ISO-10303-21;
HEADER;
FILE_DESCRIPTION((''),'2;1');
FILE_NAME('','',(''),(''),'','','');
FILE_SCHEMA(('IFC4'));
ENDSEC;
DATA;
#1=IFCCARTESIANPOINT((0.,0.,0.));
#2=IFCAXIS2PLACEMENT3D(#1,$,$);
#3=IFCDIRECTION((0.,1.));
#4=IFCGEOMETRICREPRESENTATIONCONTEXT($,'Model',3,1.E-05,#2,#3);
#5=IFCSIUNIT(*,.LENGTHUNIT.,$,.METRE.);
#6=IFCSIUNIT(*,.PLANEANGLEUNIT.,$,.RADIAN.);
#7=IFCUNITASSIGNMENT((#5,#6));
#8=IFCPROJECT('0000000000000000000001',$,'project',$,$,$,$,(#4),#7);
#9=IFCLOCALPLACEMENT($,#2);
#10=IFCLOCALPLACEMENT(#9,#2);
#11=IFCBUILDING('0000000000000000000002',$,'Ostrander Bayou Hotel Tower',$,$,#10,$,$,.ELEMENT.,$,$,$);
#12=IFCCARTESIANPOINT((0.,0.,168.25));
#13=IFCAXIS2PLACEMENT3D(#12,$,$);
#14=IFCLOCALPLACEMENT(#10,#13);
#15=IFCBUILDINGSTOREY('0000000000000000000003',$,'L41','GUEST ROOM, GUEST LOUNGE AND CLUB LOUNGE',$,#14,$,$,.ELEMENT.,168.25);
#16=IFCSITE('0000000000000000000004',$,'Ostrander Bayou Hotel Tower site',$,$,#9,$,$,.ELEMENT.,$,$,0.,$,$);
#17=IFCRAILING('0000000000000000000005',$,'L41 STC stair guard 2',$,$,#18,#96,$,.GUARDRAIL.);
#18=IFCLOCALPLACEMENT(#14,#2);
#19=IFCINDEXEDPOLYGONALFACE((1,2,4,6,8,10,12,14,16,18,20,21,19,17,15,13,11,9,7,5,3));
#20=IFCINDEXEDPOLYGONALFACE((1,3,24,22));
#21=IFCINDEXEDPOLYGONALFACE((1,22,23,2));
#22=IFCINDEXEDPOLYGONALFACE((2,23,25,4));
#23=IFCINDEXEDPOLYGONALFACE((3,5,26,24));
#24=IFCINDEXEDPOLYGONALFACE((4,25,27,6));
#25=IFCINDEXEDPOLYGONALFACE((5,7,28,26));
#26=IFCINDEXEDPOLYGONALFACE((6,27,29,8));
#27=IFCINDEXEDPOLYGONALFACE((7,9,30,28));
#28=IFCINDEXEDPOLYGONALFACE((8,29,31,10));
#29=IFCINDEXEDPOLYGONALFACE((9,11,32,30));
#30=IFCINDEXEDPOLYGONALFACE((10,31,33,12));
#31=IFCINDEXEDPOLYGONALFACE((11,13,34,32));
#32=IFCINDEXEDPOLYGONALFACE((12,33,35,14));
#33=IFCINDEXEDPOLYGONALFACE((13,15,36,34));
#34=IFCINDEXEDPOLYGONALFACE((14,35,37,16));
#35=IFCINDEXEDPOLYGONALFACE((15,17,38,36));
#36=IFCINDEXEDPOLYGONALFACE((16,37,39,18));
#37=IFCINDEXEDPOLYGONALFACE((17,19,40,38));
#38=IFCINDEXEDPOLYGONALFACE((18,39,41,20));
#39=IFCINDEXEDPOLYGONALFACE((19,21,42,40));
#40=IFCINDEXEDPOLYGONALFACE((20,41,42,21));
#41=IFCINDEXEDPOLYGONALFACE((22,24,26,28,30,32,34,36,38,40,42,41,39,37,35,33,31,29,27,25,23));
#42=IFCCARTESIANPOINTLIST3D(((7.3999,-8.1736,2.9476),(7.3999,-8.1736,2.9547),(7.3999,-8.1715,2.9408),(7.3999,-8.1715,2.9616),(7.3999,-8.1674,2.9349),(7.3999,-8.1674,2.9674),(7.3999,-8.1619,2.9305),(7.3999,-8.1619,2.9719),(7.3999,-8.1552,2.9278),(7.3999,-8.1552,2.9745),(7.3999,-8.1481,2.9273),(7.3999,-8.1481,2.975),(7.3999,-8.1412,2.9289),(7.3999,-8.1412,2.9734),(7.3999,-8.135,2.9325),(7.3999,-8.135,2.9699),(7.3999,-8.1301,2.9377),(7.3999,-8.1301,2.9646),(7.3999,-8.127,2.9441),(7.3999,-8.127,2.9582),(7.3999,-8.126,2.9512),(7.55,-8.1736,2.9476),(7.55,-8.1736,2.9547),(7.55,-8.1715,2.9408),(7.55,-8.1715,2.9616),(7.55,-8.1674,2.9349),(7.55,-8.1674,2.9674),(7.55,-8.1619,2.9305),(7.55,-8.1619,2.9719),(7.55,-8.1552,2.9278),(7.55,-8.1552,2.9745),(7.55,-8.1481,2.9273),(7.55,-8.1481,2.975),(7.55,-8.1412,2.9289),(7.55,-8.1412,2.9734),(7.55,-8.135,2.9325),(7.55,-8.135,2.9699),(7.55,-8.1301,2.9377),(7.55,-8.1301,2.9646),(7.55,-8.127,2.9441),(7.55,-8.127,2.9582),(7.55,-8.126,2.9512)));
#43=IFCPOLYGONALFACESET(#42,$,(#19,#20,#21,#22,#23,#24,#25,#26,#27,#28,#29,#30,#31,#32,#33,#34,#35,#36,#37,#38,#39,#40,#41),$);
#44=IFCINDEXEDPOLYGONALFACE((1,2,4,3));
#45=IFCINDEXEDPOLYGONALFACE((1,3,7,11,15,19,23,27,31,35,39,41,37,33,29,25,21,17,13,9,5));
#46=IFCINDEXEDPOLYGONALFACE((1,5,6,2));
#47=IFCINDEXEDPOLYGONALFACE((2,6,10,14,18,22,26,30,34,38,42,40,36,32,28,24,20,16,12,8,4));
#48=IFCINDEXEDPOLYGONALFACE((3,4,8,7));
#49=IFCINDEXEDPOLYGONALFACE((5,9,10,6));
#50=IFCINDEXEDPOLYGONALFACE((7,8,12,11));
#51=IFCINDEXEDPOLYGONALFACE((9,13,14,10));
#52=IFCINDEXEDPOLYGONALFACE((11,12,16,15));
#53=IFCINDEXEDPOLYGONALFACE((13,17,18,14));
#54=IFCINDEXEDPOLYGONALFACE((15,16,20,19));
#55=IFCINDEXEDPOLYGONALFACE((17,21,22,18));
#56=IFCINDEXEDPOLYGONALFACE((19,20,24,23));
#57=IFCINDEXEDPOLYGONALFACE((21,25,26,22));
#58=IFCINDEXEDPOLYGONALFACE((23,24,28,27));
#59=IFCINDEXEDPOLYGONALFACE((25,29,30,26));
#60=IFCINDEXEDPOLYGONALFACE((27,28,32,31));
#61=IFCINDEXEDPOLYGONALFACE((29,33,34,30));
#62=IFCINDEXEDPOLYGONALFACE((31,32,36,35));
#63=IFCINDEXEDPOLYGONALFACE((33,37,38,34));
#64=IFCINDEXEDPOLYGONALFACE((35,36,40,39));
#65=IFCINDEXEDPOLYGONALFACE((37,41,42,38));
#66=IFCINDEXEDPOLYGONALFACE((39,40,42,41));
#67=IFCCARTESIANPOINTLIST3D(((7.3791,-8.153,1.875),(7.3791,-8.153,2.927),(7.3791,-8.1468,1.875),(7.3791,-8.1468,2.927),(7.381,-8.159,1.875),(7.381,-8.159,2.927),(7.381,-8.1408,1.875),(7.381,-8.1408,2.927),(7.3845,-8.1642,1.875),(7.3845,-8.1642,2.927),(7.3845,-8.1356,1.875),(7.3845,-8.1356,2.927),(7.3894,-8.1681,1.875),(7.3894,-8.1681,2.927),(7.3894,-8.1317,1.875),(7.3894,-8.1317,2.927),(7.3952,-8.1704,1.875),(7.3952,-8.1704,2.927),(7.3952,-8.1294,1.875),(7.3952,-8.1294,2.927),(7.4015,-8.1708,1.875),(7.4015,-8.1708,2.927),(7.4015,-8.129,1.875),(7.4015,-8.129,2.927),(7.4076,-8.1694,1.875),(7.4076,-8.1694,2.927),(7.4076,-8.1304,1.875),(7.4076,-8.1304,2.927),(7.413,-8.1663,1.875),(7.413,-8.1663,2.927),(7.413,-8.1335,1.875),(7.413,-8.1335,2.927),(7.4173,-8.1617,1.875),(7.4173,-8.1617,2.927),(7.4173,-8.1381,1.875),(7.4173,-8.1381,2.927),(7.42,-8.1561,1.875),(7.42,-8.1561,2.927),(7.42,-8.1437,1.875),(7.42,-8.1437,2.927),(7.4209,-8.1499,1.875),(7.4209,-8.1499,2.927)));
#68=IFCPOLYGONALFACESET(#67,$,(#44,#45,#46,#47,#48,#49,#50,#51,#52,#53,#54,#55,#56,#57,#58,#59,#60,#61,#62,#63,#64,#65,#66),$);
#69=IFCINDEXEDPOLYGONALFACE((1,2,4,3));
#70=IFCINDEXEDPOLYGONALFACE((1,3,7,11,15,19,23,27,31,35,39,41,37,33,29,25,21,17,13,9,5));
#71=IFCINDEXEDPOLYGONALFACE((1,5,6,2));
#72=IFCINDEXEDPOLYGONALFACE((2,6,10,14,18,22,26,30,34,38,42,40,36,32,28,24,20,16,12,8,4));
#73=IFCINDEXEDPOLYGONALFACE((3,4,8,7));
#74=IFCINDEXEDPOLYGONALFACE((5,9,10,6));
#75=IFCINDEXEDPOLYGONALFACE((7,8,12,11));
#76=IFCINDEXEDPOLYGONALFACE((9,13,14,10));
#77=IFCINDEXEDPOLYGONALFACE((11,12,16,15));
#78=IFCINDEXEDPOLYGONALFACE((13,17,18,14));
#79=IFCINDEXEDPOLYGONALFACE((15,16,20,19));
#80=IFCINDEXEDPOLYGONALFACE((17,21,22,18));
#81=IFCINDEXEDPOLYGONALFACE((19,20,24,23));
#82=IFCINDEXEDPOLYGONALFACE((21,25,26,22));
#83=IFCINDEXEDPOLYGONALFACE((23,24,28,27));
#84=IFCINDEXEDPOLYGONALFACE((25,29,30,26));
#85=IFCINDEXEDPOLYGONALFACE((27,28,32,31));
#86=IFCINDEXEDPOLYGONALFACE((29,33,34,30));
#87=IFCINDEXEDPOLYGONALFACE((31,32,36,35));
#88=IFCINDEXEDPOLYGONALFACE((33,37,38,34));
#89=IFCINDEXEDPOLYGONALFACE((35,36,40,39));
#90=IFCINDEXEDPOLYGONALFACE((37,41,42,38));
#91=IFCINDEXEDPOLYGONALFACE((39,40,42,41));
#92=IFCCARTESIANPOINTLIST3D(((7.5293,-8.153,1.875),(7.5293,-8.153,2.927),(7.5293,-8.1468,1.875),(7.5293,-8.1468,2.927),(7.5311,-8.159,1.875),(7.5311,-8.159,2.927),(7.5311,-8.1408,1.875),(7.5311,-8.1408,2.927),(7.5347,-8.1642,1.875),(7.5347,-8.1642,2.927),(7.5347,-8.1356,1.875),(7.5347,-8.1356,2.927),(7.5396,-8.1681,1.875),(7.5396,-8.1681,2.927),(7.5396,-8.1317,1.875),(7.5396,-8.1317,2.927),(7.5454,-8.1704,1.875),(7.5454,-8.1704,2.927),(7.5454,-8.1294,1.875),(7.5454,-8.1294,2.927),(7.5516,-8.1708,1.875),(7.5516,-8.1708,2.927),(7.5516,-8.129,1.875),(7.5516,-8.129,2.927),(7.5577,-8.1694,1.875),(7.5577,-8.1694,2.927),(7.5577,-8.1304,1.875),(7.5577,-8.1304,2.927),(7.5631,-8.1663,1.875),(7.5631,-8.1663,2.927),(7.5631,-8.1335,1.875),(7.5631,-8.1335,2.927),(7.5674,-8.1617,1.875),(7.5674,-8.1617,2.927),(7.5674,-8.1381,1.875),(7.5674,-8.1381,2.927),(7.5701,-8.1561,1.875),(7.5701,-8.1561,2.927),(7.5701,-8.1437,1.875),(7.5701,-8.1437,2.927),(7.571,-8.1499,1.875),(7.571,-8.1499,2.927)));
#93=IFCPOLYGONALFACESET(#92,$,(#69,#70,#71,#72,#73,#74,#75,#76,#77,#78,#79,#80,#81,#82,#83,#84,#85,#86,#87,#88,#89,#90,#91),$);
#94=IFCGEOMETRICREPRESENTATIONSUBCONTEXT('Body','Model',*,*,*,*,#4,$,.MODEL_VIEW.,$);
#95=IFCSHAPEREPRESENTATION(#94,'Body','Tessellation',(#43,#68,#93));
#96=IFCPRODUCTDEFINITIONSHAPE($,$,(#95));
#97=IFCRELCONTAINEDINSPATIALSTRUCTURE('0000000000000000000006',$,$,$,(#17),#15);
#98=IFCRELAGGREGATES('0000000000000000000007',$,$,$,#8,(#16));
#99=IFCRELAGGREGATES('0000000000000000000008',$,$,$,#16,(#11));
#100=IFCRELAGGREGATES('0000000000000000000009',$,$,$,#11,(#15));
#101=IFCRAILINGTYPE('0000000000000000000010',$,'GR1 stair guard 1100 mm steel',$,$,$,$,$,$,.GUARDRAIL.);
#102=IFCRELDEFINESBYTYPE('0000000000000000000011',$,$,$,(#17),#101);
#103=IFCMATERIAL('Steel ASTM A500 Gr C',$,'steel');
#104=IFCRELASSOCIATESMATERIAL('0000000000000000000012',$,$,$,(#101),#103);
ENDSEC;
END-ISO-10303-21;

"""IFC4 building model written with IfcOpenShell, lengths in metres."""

from ifc_helpers import new_model, si_unit, direction, frame, origin, origin_2d, place, context, subcontext, project, spatial, circle, extrude, material, type_object, element, save


model = new_model("IFC4")

# Units and contexts
model_context = context("Model", 3, precision=1e-05, world=origin(), true_north=direction((0.0, 1.0)))
body_context = subcontext(model_context, "Body", "Model", "MODEL_VIEW")
ifc_project = project(units=[si_unit("LENGTHUNIT", "METRE"), si_unit("PLANEANGLEUNIT", "RADIAN")], contexts=[model_context])

# Site, building, storey
site_placement = place(None, origin())
site = spatial("IfcSite", under=ifc_project, at=site_placement, Name="Ostrander Bayou Hotel Tower site", CompositionType="ELEMENT", RefElevation=0.0)
building_placement = place(site_placement, origin())
building = spatial("IfcBuilding", under=site, at=building_placement, Name="Ostrander Bayou Hotel Tower", CompositionType="ELEMENT")
storey_placement = place(building_placement, frame((0.0, 0.0, 168.25)))
storey = spatial("IfcBuildingStorey", under=building, at=storey_placement, Name="L41", Description="GUEST ROOM, GUEST LOUNGE AND CLUB LOUNGE", CompositionType="ELEMENT", Elevation=168.25)

# Railing
ifc_material_1 = material(Name="Steel ASTM A500 Gr C", Category="steel")
railing_type_1 = type_object("IfcRailingType", Name="GR1 stair guard 1100 mm steel", PredefinedType="GUARDRAIL", material=ifc_material_1)
railing_1_placement = place(storey_placement, frame((7.3999, -8.1499, 1.875)))
element("IfcRailing", 1, at=railing_1_placement, inside=storey, type_object=railing_type_1, Name="L41 STC stair guard 2", PredefinedType="GUARDRAIL", context=body_context, shape_type="SweptSolid", body=[
    extrude(circle(Radius=0.0239, at=origin_2d()), frame((0.0, 0.0, 1.0762), z_axis=(1.0, 0.0, 0.0), x_axis=(0.0, 1.0, 0.0)), (0.0, 0.0, 1.0), 0.1501),
    extrude(circle(Radius=0.021, at=origin_2d()), origin(), (0.0, 0.0, 1.0), 1.052),
    extrude(circle(Radius=0.021, at=origin_2d()), frame((0.1501, 0.0, 0.0)), (0.0, 0.0, 1.0), 1.052),
])

save(model, "model.ifc")
